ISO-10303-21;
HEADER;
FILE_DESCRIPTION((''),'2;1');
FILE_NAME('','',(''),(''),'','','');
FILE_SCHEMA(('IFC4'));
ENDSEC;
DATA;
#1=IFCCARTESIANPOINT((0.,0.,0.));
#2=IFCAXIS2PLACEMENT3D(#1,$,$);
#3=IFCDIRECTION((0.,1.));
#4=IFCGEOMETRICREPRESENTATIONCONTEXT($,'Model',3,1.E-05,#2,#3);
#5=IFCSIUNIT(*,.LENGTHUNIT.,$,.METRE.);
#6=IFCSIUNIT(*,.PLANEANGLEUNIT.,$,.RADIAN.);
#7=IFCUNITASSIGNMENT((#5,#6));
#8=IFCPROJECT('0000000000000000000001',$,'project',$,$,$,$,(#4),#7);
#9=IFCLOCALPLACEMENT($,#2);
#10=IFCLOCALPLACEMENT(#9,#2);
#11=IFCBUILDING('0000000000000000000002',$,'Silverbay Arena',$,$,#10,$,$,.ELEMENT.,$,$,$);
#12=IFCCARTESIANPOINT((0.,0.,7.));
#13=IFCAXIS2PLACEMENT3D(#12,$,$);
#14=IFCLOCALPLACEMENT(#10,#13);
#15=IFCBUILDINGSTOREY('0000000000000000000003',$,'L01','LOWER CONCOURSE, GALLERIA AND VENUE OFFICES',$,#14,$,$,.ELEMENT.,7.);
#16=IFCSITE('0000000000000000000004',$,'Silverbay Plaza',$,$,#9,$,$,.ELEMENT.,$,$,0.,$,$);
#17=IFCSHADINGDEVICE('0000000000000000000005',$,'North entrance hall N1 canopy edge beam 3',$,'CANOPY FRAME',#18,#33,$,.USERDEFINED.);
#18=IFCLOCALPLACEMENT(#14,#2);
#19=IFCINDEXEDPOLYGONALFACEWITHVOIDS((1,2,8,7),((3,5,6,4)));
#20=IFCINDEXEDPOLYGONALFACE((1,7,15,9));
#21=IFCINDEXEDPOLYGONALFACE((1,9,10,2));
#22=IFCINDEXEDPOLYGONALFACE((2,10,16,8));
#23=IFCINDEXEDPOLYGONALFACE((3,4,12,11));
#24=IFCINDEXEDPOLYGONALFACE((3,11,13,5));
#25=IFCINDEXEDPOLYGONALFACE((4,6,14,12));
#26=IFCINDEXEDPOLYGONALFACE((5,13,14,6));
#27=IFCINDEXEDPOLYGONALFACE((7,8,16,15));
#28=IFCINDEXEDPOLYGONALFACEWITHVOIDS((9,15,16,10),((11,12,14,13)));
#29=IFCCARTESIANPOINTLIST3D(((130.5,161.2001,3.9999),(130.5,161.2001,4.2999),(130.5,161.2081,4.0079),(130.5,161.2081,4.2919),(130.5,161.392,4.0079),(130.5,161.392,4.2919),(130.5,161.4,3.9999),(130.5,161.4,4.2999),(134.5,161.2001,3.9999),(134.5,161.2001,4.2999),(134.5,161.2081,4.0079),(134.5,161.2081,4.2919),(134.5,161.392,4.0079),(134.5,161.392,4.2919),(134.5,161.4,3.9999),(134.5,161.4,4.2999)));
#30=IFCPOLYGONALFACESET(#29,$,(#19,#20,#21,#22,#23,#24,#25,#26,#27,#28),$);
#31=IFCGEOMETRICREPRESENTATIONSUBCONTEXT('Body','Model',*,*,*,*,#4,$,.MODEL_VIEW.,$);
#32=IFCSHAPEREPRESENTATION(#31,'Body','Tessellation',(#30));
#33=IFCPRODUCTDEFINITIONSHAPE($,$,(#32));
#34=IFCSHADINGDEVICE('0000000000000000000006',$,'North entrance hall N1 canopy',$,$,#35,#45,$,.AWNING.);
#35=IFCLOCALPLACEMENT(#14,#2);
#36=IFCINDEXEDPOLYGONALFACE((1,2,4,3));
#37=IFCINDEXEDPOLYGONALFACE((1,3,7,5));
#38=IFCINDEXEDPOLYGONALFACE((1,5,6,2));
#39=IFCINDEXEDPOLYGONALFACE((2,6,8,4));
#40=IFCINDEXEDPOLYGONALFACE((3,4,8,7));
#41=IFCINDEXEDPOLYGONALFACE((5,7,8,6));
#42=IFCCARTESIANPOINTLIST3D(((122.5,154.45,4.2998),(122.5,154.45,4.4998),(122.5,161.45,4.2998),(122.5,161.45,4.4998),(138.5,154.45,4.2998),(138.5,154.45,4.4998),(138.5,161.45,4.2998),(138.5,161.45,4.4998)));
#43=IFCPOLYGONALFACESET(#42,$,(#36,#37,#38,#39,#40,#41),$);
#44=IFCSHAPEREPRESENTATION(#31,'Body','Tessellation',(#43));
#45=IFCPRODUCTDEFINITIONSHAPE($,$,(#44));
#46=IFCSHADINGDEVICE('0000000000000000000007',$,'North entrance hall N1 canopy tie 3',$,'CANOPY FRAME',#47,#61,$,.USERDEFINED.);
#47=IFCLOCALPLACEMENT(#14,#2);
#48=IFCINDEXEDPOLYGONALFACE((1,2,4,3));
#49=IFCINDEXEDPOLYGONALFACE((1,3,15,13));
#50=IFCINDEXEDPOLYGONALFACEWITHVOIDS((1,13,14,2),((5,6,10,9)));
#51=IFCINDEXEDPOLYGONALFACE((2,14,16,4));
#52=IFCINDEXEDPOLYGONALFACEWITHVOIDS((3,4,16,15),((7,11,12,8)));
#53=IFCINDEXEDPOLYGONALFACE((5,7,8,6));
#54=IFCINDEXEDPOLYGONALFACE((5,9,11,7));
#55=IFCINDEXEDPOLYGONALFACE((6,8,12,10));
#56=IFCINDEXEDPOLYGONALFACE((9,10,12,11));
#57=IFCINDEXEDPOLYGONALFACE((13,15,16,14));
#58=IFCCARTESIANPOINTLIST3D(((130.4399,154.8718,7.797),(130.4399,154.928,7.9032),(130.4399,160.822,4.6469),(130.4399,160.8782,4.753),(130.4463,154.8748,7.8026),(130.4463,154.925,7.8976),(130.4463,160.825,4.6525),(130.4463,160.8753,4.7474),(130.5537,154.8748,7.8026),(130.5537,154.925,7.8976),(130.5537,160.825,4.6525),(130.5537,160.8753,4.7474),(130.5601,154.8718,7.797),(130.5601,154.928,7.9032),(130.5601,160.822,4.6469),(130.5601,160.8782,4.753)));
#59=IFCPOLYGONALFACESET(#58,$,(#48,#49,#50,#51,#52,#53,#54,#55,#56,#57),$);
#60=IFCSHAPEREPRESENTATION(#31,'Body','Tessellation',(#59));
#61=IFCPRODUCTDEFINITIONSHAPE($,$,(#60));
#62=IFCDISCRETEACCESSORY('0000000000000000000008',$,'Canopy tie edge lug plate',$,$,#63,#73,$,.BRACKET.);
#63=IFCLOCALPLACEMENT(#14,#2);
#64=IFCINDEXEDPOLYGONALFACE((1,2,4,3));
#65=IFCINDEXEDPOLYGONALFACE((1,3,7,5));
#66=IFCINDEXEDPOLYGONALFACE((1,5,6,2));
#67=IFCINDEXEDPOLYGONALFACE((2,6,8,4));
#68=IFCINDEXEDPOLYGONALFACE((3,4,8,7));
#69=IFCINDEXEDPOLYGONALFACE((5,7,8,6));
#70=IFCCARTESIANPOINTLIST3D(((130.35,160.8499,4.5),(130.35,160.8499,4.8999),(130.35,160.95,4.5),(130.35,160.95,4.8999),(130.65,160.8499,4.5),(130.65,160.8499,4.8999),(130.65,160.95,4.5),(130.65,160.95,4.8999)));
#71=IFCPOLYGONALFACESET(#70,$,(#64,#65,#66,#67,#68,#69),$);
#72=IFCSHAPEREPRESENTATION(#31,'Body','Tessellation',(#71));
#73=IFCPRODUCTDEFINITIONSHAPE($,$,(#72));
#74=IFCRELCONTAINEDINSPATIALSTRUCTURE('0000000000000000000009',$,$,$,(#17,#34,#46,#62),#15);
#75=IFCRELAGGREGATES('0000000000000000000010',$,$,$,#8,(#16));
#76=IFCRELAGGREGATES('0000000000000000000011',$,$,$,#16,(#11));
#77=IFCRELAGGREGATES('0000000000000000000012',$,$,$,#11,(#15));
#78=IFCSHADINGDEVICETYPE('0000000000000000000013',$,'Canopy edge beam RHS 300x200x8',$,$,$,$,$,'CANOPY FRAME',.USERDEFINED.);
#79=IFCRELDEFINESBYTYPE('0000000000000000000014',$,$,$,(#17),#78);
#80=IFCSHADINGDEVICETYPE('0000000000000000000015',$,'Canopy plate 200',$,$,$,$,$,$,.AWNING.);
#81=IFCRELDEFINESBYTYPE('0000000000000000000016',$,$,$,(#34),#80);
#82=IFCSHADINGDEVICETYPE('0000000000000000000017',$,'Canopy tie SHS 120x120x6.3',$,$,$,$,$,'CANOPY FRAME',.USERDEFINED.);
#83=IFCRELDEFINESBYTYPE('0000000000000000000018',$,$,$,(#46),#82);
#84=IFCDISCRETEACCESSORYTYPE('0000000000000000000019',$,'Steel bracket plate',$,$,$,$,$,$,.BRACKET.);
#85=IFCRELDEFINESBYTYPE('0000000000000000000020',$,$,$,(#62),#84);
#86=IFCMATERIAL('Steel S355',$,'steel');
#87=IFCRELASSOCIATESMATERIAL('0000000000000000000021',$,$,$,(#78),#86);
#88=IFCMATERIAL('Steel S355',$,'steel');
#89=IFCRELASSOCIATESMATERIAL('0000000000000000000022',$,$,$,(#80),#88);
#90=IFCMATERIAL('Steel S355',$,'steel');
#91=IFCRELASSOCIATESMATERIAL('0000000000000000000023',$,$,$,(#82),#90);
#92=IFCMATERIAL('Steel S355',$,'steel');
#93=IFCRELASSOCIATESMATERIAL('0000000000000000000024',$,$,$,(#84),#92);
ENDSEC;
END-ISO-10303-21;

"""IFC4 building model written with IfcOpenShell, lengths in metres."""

from ifc_helpers import new_model, si_unit, direction, frame, origin, origin_2d, place, context, subcontext, project, spatial, rectangle, hollow_rectangle, extrude, material, material_profile, profile_set, type_object, element, save


model = new_model("IFC4")

# Units and contexts
model_context = context("Model", 3, precision=1e-05, world=origin(), true_north=direction((0.0, 1.0)))
body_context = subcontext(model_context, "Body", "Model", "MODEL_VIEW")
ifc_project = project(units=[si_unit("LENGTHUNIT", "METRE"), si_unit("PLANEANGLEUNIT", "RADIAN")], contexts=[model_context])

# Site, building, storey
site_placement = place(None, origin())
site = spatial("IfcSite", under=ifc_project, at=site_placement, Name="Silverbay Plaza", CompositionType="ELEMENT", RefElevation=0.0)
building_placement = place(site_placement, origin())
building = spatial("IfcBuilding", under=site, at=building_placement, Name="Silverbay Arena", CompositionType="ELEMENT")
storey_placement = place(building_placement, frame((0.0, 0.0, 7.0)))
storey = spatial("IfcBuildingStorey", under=building, at=storey_placement, Name="L01", Description="LOWER CONCOURSE, GALLERIA AND VENUE OFFICES", CompositionType="ELEMENT", Elevation=7.0)

# Shading devices
ifc_material_1 = material(Name="Steel S355", Category="steel")
ifc_material_profile_1 = material_profile(ifc_material_1, hollow_rectangle(XDim=0.2, YDim=0.3, WallThickness=0.0081, at=origin_2d()), Name="RHS 300x200x8")
ifc_profile_set_1 = profile_set([ifc_material_profile_1], Name="Steel S355")
shading_device_type_1 = type_object("IfcShadingDeviceType", Name="Canopy edge beam RHS 300x200x8", ElementType="CANOPY FRAME", PredefinedType="USERDEFINED", material=ifc_profile_set_1)
shading_device_1_placement = place(storey_placement, frame((130.5, 161.3, 4.1499), z_axis=(1.0, 0.0, 0.0), x_axis=(0.0, 1.0, 0.0)))
element("IfcShadingDevice", 1, at=shading_device_1_placement, inside=storey, type_object=shading_device_type_1, Name="North entrance hall N1 canopy edge beam 3", ObjectType="CANOPY FRAME", PredefinedType="USERDEFINED", context=body_context, shape_type="SweptSolid", body=[
    extrude(hollow_rectangle(XDim=0.2, YDim=0.3, WallThickness=0.0081, at=origin_2d()), origin(), (0.0, 0.0, 1.0), 4.0),
])
ifc_material_2 = material(Name="Steel S355", Category="steel")
shading_device_type_2 = type_object("IfcShadingDeviceType", Name="Canopy plate 200", PredefinedType="AWNING", material=ifc_material_2)
shading_device_2_placement = place(storey_placement, frame((130.5, 157.95, 4.2998), z_axis=(0.0, 0.0, 1.0), x_axis=(1.0, 0.0, 0.0)))
element("IfcShadingDevice", 2, at=shading_device_2_placement, inside=storey, type_object=shading_device_type_2, Name="North entrance hall N1 canopy", PredefinedType="AWNING", context=body_context, shape_type="SweptSolid", body=[
    extrude(rectangle(XDim=16.0, YDim=7.0, at=origin_2d()), origin(), (0.0, 0.0, 1.0), 0.2),
])
ifc_material_3 = material(Name="Steel S355", Category="steel")
ifc_material_profile_2 = material_profile(ifc_material_3, hollow_rectangle(XDim=0.1201, YDim=0.1201, WallThickness=0.0063, at=origin_2d()), Name="SHS 120x120x6.3")
ifc_profile_set_2 = profile_set([ifc_material_profile_2], Name="Steel S355")
shading_device_type_3 = type_object("IfcShadingDeviceType", Name="Canopy tie SHS 120x120x6.3", ElementType="CANOPY FRAME", PredefinedType="USERDEFINED", material=ifc_profile_set_2)
shading_device_3_placement = place(storey_placement, frame((130.5, 154.8999, 7.8501), z_axis=(0.0, 0.883785, -0.467893), x_axis=(-1.0, 0.0, 0.0)))
element("IfcShadingDevice", 3, at=shading_device_3_placement, inside=storey, type_object=shading_device_type_3, Name="North entrance hall N1 canopy tie 3", ObjectType="CANOPY FRAME", PredefinedType="USERDEFINED", context=body_context, shape_type="SweptSolid", body=[
    extrude(hollow_rectangle(XDim=0.1201, YDim=0.1201, WallThickness=0.0063, at=origin_2d()), origin(), (0.0, 0.0, 1.0), 6.7327),
])

# Discrete accessory
ifc_material_4 = material(Name="Steel S355", Category="steel")
discrete_accessory_type = type_object("IfcDiscreteAccessoryType", Name="Steel bracket plate", PredefinedType="BRACKET", material=ifc_material_4)
discrete_accessory_placement = place(storey_placement, frame((130.5, 160.8999, 4.5), z_axis=(0.0, 0.0, 1.0), x_axis=(1.0, 0.0, 0.0)))
element("IfcDiscreteAccessory", 4, at=discrete_accessory_placement, inside=storey, type_object=discrete_accessory_type, Name="Canopy tie edge lug plate", PredefinedType="BRACKET", context=body_context, shape_type="SweptSolid", body=[
    extrude(rectangle(XDim=0.3, YDim=0.1001, at=origin_2d()), origin(), (0.0, 0.0, 1.0), 0.3999),
])

save(model, "model.ifc")
